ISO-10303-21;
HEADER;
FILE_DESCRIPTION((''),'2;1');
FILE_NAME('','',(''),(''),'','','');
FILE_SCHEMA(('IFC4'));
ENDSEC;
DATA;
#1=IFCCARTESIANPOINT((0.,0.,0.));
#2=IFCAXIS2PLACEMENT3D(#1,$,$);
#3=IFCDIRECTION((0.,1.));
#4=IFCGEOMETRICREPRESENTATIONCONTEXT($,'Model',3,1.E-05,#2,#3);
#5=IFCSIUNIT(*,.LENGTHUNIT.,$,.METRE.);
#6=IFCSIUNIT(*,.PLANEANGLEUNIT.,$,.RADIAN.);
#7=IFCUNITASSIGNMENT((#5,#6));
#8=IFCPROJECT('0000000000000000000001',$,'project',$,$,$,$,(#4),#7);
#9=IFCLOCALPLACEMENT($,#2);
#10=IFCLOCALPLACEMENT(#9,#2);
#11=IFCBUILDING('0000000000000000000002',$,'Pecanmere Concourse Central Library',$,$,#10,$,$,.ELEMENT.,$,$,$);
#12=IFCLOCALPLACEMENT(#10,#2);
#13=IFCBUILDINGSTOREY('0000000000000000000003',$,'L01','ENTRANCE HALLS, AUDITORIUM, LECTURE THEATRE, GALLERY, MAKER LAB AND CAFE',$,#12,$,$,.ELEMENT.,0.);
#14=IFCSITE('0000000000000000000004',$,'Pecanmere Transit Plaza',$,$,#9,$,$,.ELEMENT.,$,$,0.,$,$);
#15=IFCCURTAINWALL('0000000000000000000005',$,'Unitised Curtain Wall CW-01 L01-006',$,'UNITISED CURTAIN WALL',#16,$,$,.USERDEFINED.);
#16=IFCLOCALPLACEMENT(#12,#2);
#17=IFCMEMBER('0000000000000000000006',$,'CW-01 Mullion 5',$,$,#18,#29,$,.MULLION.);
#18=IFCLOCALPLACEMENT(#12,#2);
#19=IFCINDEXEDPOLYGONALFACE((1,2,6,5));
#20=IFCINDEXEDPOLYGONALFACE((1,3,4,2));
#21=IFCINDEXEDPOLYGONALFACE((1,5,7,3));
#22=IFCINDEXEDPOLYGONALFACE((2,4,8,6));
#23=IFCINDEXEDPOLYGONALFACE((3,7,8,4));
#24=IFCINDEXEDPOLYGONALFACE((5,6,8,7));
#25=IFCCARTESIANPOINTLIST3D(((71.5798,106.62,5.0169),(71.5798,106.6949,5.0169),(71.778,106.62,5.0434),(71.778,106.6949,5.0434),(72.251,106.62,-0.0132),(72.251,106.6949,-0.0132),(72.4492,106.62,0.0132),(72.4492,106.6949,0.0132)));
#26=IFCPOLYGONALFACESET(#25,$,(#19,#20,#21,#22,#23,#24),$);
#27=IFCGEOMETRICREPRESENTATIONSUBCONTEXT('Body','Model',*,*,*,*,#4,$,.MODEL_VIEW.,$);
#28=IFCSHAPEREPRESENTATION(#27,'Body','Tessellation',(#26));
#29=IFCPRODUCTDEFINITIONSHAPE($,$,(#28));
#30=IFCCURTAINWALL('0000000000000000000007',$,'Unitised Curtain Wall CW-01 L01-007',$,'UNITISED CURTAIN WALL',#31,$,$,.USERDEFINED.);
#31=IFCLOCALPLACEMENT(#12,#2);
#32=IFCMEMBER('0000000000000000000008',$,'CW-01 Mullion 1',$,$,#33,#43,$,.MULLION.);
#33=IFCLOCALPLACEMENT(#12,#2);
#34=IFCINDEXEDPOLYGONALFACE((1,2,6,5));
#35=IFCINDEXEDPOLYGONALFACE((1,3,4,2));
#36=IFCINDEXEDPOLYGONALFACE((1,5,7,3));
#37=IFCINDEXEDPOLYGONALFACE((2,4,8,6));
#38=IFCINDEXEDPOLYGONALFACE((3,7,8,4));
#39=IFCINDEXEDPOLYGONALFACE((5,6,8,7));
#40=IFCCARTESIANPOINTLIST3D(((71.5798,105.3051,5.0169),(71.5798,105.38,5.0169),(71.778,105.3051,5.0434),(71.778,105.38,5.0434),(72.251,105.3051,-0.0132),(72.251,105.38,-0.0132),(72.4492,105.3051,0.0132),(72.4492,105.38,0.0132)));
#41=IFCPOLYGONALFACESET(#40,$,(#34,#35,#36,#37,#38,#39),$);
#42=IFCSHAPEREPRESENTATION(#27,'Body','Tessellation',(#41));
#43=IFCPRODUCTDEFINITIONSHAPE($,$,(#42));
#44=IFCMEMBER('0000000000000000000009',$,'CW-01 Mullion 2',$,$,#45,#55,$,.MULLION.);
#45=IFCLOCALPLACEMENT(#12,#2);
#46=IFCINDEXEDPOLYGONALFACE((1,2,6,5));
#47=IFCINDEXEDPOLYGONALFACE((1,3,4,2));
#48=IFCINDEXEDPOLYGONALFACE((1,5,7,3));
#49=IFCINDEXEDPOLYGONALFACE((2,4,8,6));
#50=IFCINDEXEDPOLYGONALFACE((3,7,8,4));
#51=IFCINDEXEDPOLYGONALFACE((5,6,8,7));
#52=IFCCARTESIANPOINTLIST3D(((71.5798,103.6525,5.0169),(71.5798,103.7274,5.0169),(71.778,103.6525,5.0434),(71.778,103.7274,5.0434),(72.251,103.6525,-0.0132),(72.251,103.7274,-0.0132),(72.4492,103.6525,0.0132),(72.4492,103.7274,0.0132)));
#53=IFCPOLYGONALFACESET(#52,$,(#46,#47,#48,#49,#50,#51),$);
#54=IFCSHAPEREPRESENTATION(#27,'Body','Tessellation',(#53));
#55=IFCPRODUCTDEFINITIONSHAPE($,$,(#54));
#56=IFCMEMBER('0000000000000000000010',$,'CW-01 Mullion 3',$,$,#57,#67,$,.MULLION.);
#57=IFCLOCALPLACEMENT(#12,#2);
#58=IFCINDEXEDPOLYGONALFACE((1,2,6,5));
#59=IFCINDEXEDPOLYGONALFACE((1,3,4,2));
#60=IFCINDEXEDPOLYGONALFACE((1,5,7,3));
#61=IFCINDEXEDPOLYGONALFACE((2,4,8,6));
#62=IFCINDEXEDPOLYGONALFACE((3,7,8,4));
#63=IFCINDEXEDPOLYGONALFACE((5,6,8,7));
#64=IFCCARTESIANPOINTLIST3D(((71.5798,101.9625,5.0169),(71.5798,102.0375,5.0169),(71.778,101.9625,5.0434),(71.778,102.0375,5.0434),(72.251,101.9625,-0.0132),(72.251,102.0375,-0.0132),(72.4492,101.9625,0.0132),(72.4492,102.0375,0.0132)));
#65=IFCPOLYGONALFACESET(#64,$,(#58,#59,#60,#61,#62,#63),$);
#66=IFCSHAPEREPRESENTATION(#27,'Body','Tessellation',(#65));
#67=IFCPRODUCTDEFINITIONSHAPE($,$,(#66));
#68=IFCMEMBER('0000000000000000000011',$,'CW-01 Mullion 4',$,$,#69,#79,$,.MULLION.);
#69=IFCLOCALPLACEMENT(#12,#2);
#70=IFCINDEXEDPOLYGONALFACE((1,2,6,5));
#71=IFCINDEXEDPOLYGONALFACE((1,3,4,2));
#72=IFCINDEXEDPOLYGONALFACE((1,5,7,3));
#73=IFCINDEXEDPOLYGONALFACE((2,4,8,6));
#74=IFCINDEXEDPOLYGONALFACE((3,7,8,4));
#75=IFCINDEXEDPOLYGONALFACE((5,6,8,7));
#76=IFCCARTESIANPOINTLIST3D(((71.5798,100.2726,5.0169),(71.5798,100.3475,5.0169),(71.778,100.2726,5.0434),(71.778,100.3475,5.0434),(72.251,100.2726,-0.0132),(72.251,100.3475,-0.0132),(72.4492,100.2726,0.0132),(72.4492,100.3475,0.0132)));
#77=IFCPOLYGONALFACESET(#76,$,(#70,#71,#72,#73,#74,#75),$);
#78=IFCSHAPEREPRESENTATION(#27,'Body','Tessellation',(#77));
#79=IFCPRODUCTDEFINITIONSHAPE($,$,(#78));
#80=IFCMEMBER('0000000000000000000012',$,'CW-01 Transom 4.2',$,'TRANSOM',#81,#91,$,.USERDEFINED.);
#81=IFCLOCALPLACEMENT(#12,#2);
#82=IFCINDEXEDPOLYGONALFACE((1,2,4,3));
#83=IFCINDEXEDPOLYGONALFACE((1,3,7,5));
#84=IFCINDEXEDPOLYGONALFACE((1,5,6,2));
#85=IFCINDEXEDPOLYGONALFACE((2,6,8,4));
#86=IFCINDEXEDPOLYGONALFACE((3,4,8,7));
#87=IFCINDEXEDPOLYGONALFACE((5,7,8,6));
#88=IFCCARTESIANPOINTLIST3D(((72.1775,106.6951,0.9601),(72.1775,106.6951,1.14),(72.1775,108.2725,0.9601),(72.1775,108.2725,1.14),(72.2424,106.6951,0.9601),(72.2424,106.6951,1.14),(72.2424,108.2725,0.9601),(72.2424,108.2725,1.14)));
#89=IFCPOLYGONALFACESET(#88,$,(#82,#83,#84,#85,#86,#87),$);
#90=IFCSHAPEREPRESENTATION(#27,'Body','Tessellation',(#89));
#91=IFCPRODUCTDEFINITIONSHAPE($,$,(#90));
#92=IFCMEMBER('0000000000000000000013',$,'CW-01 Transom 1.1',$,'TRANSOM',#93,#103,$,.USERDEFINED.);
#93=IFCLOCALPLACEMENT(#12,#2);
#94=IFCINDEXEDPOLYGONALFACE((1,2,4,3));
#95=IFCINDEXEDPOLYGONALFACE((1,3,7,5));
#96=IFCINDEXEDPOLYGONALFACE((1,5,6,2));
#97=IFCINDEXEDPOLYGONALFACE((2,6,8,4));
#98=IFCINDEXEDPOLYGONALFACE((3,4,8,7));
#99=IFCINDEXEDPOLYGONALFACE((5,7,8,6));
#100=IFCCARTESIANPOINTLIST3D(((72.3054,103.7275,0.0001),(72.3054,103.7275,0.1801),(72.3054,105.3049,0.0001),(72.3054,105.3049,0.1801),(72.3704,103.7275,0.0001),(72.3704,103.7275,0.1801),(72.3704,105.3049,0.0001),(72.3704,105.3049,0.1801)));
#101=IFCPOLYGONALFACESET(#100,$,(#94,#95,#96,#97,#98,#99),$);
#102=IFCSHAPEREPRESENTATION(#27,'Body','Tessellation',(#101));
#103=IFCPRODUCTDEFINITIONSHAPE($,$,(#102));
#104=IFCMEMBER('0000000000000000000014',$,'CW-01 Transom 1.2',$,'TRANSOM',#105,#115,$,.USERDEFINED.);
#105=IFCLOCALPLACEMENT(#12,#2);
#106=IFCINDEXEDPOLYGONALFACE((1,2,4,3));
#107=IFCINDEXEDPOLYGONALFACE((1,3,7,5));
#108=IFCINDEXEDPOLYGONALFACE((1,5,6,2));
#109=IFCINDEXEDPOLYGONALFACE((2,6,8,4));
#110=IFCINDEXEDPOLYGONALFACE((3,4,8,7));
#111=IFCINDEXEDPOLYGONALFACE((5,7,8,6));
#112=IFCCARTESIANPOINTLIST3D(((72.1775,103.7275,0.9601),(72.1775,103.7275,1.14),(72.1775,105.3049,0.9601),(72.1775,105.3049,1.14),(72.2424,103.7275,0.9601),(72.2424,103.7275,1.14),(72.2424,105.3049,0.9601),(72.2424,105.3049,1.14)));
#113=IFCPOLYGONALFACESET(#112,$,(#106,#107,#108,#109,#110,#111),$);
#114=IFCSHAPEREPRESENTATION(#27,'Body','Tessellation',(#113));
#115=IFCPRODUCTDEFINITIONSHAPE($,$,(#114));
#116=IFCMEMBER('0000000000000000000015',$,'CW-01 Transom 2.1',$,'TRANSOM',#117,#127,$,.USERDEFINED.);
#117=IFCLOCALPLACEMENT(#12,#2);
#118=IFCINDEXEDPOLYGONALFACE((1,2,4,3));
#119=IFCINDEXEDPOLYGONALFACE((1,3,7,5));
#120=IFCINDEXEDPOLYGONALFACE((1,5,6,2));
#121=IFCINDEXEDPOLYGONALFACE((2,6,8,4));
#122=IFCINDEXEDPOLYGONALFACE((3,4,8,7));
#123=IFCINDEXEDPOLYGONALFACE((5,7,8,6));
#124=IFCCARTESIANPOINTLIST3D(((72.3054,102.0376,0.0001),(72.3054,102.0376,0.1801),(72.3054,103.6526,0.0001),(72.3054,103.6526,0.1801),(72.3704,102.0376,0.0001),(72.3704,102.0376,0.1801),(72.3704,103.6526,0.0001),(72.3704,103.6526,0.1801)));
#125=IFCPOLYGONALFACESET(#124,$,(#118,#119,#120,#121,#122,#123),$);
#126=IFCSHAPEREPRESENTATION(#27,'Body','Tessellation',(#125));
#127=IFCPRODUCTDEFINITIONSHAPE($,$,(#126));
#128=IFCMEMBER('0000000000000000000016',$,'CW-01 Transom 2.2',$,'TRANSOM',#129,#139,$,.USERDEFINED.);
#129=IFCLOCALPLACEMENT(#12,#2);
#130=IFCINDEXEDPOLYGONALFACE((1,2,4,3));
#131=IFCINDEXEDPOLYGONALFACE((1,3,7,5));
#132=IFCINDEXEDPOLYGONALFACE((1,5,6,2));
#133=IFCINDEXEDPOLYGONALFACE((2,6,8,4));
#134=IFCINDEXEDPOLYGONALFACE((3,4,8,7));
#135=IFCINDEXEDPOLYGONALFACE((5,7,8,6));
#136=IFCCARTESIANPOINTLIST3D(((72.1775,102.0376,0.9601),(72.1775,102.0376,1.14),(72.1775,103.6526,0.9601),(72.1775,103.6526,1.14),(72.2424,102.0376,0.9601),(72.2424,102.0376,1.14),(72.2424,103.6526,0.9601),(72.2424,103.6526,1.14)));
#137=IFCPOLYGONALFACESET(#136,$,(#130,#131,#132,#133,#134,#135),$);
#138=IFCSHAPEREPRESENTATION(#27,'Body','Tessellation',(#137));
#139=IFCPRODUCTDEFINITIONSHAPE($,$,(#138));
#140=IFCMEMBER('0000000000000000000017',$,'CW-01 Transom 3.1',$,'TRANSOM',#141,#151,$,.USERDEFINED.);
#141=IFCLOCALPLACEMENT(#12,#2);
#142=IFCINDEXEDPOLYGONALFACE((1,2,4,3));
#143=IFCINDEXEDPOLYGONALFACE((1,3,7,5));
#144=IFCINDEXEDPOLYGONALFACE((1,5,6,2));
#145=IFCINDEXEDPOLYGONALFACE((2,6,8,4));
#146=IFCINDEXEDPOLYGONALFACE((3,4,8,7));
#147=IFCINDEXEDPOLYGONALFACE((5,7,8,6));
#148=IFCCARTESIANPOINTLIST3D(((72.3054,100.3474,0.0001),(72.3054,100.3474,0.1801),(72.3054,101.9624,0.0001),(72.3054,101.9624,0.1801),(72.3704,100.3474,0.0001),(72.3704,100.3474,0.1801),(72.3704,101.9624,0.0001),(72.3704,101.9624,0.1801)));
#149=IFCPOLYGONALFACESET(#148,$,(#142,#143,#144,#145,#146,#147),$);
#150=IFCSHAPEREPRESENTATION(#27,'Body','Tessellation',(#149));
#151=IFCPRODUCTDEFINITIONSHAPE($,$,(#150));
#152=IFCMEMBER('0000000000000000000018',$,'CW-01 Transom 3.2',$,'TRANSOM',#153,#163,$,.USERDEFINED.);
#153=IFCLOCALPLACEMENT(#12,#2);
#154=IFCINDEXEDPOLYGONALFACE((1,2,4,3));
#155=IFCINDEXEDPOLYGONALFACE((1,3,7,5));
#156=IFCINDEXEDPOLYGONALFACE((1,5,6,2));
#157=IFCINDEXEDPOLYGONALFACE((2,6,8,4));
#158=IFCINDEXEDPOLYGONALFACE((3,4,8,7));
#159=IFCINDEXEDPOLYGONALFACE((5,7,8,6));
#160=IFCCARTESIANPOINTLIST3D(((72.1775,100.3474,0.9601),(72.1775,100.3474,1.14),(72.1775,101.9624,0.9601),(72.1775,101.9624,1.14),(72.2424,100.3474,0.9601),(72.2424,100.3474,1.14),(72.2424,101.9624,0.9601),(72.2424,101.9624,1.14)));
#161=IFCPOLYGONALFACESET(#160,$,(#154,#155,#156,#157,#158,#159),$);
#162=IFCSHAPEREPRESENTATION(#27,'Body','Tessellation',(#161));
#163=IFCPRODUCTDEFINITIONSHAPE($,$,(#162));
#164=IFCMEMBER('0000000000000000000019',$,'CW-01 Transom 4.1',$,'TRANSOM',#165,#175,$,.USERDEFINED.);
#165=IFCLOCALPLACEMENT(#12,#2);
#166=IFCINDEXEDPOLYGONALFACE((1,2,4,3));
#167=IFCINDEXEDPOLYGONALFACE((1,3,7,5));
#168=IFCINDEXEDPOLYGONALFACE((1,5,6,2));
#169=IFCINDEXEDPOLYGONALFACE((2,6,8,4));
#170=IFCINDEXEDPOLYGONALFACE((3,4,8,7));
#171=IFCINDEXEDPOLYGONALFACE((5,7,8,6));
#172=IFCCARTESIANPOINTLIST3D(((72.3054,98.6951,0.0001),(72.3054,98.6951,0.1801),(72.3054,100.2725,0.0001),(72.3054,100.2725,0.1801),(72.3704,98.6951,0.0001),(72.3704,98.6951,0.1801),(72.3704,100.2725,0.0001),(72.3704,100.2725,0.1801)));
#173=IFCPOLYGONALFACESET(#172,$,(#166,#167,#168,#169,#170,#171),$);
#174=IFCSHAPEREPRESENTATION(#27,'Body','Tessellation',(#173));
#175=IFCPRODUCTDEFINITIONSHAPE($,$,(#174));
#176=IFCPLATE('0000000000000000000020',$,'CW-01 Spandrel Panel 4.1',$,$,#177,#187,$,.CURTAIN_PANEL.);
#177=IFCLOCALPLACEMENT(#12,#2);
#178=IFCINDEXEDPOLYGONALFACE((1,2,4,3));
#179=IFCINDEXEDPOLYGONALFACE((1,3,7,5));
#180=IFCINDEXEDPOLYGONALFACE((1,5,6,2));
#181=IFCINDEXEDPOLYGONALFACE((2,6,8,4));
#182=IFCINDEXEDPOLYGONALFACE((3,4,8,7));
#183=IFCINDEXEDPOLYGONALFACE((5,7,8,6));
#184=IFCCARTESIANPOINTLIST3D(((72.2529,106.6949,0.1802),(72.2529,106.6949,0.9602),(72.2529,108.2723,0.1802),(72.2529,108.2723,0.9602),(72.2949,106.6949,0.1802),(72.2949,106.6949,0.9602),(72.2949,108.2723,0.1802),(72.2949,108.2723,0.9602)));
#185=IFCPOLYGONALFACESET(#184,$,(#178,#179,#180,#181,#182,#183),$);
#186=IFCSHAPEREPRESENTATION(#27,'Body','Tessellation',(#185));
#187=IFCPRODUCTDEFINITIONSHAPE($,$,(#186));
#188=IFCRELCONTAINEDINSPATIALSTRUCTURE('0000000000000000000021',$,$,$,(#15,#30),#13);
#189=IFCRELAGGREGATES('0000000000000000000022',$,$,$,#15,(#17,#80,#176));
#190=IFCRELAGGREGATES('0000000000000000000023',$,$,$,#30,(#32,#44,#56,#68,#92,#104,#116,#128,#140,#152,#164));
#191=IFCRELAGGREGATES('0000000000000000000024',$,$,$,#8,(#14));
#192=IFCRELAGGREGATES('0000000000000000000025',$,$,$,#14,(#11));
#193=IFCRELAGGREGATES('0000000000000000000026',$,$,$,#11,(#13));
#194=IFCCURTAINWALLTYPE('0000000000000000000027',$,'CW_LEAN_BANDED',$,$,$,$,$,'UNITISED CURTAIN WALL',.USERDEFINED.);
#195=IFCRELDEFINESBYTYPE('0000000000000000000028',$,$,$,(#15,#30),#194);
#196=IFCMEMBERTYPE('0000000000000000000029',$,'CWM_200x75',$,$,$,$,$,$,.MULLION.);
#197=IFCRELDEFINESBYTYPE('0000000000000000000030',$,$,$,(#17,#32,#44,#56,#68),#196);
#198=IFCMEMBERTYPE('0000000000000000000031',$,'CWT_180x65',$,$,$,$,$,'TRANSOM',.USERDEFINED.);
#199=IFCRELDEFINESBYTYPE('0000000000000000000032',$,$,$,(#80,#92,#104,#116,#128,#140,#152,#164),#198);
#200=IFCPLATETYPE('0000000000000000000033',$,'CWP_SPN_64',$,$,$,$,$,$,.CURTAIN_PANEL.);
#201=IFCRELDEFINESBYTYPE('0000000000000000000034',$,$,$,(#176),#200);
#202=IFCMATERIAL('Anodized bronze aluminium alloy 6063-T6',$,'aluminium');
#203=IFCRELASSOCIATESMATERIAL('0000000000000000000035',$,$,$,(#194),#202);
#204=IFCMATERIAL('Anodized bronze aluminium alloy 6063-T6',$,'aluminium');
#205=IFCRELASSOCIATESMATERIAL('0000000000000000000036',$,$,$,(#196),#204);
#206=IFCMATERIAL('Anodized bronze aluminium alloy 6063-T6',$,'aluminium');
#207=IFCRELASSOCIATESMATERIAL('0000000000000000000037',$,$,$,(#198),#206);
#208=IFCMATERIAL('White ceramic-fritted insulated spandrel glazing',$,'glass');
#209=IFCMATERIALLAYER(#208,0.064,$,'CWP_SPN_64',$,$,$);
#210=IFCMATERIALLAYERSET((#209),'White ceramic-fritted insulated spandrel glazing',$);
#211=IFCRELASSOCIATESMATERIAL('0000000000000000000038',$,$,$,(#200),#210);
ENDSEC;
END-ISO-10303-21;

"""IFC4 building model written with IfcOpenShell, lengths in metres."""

from ifc_helpers import new_model, si_unit, direction, frame, origin, origin_2d, place, context, subcontext, project, spatial, rectangle, extrude, material, layer, layer_set, material_profile, profile_set, type_object, element, aggregate, save


model = new_model("IFC4")

# Units and contexts
model_context = context("Model", 3, precision=1e-05, world=origin(), true_north=direction((0.0, 1.0)))
body_context = subcontext(model_context, "Body", "Model", "MODEL_VIEW")
ifc_project = project(units=[si_unit("LENGTHUNIT", "METRE"), si_unit("PLANEANGLEUNIT", "RADIAN")], contexts=[model_context])

# Site, building, storey
site_placement = place(None, origin())
site = spatial("IfcSite", under=ifc_project, at=site_placement, Name="Pecanmere Transit Plaza", CompositionType="ELEMENT", RefElevation=0.0)
building_placement = place(site_placement, origin())
building = spatial("IfcBuilding", under=site, at=building_placement, Name="Pecanmere Concourse Central Library", CompositionType="ELEMENT")
storey_placement = place(building_placement, origin())
storey = spatial("IfcBuildingStorey", under=building, at=storey_placement, Name="L01", Description="ENTRANCE HALLS, AUDITORIUM, LECTURE THEATRE, GALLERY, MAKER LAB AND CAFE", CompositionType="ELEMENT", Elevation=0.0)

# Curtain wall, member
ifc_material_1 = material(Name="Anodized bronze aluminium alloy 6063-T6", Category="aluminium")
curtain_wall_type = type_object("IfcCurtainWallType", Name="CW_LEAN_BANDED", ElementType="UNITISED CURTAIN WALL", PredefinedType="USERDEFINED", material=ifc_material_1)
curtain_wall_1_placement = place(storey_placement, origin())
curtain_wall_1 = element("IfcCurtainWall", 1, at=curtain_wall_1_placement, inside=storey, type_object=curtain_wall_type, Name="Unitised Curtain Wall CW-01 L01-006", ObjectType="UNITISED CURTAIN WALL", PredefinedType="USERDEFINED")
ifc_material_2 = material(Name="Anodized bronze aluminium alloy 6063-T6", Category="aluminium")
ifc_material_profile_1 = material_profile(ifc_material_2, rectangle(XDim=0.075, YDim=0.2, at=origin_2d()), Name="AL 75x200")
ifc_profile_set_1 = profile_set([ifc_material_profile_1], Name="Anodized bronze aluminium alloy 6063-T6")
member_type_1 = type_object("IfcMemberType", Name="CWM_200x75", PredefinedType="MULLION", material=ifc_profile_set_1)
member_1_placement = place(storey_placement, frame((72.3501, 106.6575, 0.0), z_axis=(-0.132255, 0.0, 0.991216), x_axis=(0.0, -1.0, 0.0)))
member_1 = element("IfcMember", 2, at=member_1_placement, type_object=member_type_1, Name="CW-01 Mullion 5", PredefinedType="MULLION", context=body_context, shape_type="SweptSolid", body=[
    extrude(rectangle(XDim=0.075, YDim=0.2, at=origin_2d()), origin(), (0.0, 0.0, 1.0), 5.0747),
])

# Curtain wall, members
curtain_wall_2_placement = place(storey_placement, origin())
curtain_wall_2 = element("IfcCurtainWall", 3, at=curtain_wall_2_placement, inside=storey, type_object=curtain_wall_type, Name="Unitised Curtain Wall CW-01 L01-007", ObjectType="UNITISED CURTAIN WALL", PredefinedType="USERDEFINED")
member_2_placement = place(storey_placement, frame((72.3501, 105.3425, 0.0), z_axis=(-0.132255, 0.0, 0.991216), x_axis=(0.0, -1.0, 0.0)))
member_2 = element("IfcMember", 4, at=member_2_placement, type_object=member_type_1, Name="CW-01 Mullion 1", PredefinedType="MULLION", context=body_context, shape_type="SweptSolid", body=[
    extrude(rectangle(XDim=0.075, YDim=0.2, at=origin_2d()), origin(), (0.0, 0.0, 1.0), 5.0747),
])
member_3_placement = place(storey_placement, frame((72.3501, 103.6899, 0.0), z_axis=(-0.132255, 0.0, 0.991216), x_axis=(0.0, -1.0, 0.0)))
member_3 = element("IfcMember", 5, at=member_3_placement, type_object=member_type_1, Name="CW-01 Mullion 2", PredefinedType="MULLION", context=body_context, shape_type="SweptSolid", body=[
    extrude(rectangle(XDim=0.075, YDim=0.2, at=origin_2d()), origin(), (0.0, 0.0, 1.0), 5.0747),
])
member_4_placement = place(storey_placement, frame((72.3501, 102.0, 0.0), z_axis=(-0.132255, 0.0, 0.991216), x_axis=(0.0, -1.0, 0.0)))
member_4 = element("IfcMember", 6, at=member_4_placement, type_object=member_type_1, Name="CW-01 Mullion 3", PredefinedType="MULLION", context=body_context, shape_type="SweptSolid", body=[
    extrude(rectangle(XDim=0.075, YDim=0.2, at=origin_2d()), origin(), (0.0, 0.0, 1.0), 5.0747),
])
member_5_placement = place(storey_placement, frame((72.3501, 100.3101, 0.0), z_axis=(-0.132255, 0.0, 0.991216), x_axis=(0.0, -1.0, 0.0)))
member_5 = element("IfcMember", 7, at=member_5_placement, type_object=member_type_1, Name="CW-01 Mullion 4", PredefinedType="MULLION", context=body_context, shape_type="SweptSolid", body=[
    extrude(rectangle(XDim=0.075, YDim=0.2, at=origin_2d()), origin(), (0.0, 0.0, 1.0), 5.0747),
])

# Members
ifc_material_3 = material(Name="Anodized bronze aluminium alloy 6063-T6", Category="aluminium")
ifc_material_profile_2 = material_profile(ifc_material_3, rectangle(XDim=0.0649, YDim=0.1799, at=origin_2d()), Name="AL 65x180")
ifc_profile_set_2 = profile_set([ifc_material_profile_2], Name="Anodized bronze aluminium alloy 6063-T6")
member_type_2 = type_object("IfcMemberType", Name="CWT_180x65", ElementType="TRANSOM", PredefinedType="USERDEFINED", material=ifc_profile_set_2)
member_6_placement = place(storey_placement, frame((72.21, 108.2725, 1.05), z_axis=(0.0, -1.0, 0.0), x_axis=(1.0, 0.0, 0.0)))
member_6 = element("IfcMember", 8, at=member_6_placement, type_object=member_type_2, Name="CW-01 Transom 4.2", ObjectType="TRANSOM", PredefinedType="USERDEFINED", context=body_context, shape_type="SweptSolid", body=[
    extrude(rectangle(XDim=0.0649, YDim=0.1799, at=origin_2d()), origin(), (0.0, 0.0, 1.0), 1.5774),
])
member_7_placement = place(storey_placement, frame((72.3379, 105.3049, 0.0901), z_axis=(0.0, -1.0, 0.0), x_axis=(1.0, 0.0, 0.0)))
member_7 = element("IfcMember", 9, at=member_7_placement, type_object=member_type_2, Name="CW-01 Transom 1.1", ObjectType="TRANSOM", PredefinedType="USERDEFINED", context=body_context, shape_type="SweptSolid", body=[
    extrude(rectangle(XDim=0.0649, YDim=0.1799, at=origin_2d()), origin(), (0.0, 0.0, 1.0), 1.5774),
])
member_8_placement = place(storey_placement, frame((72.21, 105.3049, 1.05), z_axis=(0.0, -1.0, 0.0), x_axis=(1.0, 0.0, 0.0)))
member_8 = element("IfcMember", 10, at=member_8_placement, type_object=member_type_2, Name="CW-01 Transom 1.2", ObjectType="TRANSOM", PredefinedType="USERDEFINED", context=body_context, shape_type="SweptSolid", body=[
    extrude(rectangle(XDim=0.0649, YDim=0.1799, at=origin_2d()), origin(), (0.0, 0.0, 1.0), 1.5774),
])
member_9_placement = place(storey_placement, frame((72.3379, 103.6526, 0.0901), z_axis=(0.0, -1.0, 0.0), x_axis=(1.0, 0.0, 0.0)))
member_9 = element("IfcMember", 11, at=member_9_placement, type_object=member_type_2, Name="CW-01 Transom 2.1", ObjectType="TRANSOM", PredefinedType="USERDEFINED", context=body_context, shape_type="SweptSolid", body=[
    extrude(rectangle(XDim=0.0649, YDim=0.1799, at=origin_2d()), origin(), (0.0, 0.0, 1.0), 1.615),
])
member_10_placement = place(storey_placement, frame((72.21, 103.6526, 1.05), z_axis=(0.0, -1.0, 0.0), x_axis=(1.0, 0.0, 0.0)))
member_10 = element("IfcMember", 12, at=member_10_placement, type_object=member_type_2, Name="CW-01 Transom 2.2", ObjectType="TRANSOM", PredefinedType="USERDEFINED", context=body_context, shape_type="SweptSolid", body=[
    extrude(rectangle(XDim=0.0649, YDim=0.1799, at=origin_2d()), origin(), (0.0, 0.0, 1.0), 1.615),
])
member_11_placement = place(storey_placement, frame((72.3379, 101.9624, 0.0901), z_axis=(0.0, -1.0, 0.0), x_axis=(1.0, 0.0, 0.0)))
member_11 = element("IfcMember", 13, at=member_11_placement, type_object=member_type_2, Name="CW-01 Transom 3.1", ObjectType="TRANSOM", PredefinedType="USERDEFINED", context=body_context, shape_type="SweptSolid", body=[
    extrude(rectangle(XDim=0.0649, YDim=0.1799, at=origin_2d()), origin(), (0.0, 0.0, 1.0), 1.615),
])
member_12_placement = place(storey_placement, frame((72.21, 101.9624, 1.05), z_axis=(0.0, -1.0, 0.0), x_axis=(1.0, 0.0, 0.0)))
member_12 = element("IfcMember", 14, at=member_12_placement, type_object=member_type_2, Name="CW-01 Transom 3.2", ObjectType="TRANSOM", PredefinedType="USERDEFINED", context=body_context, shape_type="SweptSolid", body=[
    extrude(rectangle(XDim=0.0649, YDim=0.1799, at=origin_2d()), origin(), (0.0, 0.0, 1.0), 1.615),
])
member_13_placement = place(storey_placement, frame((72.3379, 100.2725, 0.0901), z_axis=(0.0, -1.0, 0.0), x_axis=(1.0, 0.0, 0.0)))
member_13 = element("IfcMember", 15, at=member_13_placement, type_object=member_type_2, Name="CW-01 Transom 4.1", ObjectType="TRANSOM", PredefinedType="USERDEFINED", context=body_context, shape_type="SweptSolid", body=[
    extrude(rectangle(XDim=0.0649, YDim=0.1799, at=origin_2d()), origin(), (0.0, 0.0, 1.0), 1.5774),
])

# Plate
ifc_material_4 = material(Name="White ceramic-fritted insulated spandrel glazing", Category="glass")
ifc_layer_1 = layer(ifc_material_4, 0.064, Name="CWP_SPN_64")
ifc_layer_set_1 = layer_set([ifc_layer_1], Name="White ceramic-fritted insulated spandrel glazing")
plate_type = type_object("IfcPlateType", Name="CWP_SPN_64", PredefinedType="CURTAIN_PANEL", material=ifc_layer_set_1)
plate_1_placement = place(storey_placement, frame((72.2739, 107.4836, 0.1802), z_axis=(0.0, 0.0, 1.0), x_axis=(0.0, -1.0, 0.0)))
plate_1 = element("IfcPlate", 16, at=plate_1_placement, type_object=plate_type, Name="CW-01 Spandrel Panel 4.1", PredefinedType="CURTAIN_PANEL", context=body_context, shape_type="SweptSolid", body=[
    extrude(rectangle(XDim=1.5774, YDim=0.042, at=origin_2d()), origin(), (0.0, 0.0, 1.0), 0.78),
])
aggregate(curtain_wall_1, [member_1, member_6, plate_1])
aggregate(curtain_wall_2, [member_2, member_3, member_4, member_5, member_7, member_8, member_9, member_10, member_11, member_12, member_13])

save(model, "model.ifc")
